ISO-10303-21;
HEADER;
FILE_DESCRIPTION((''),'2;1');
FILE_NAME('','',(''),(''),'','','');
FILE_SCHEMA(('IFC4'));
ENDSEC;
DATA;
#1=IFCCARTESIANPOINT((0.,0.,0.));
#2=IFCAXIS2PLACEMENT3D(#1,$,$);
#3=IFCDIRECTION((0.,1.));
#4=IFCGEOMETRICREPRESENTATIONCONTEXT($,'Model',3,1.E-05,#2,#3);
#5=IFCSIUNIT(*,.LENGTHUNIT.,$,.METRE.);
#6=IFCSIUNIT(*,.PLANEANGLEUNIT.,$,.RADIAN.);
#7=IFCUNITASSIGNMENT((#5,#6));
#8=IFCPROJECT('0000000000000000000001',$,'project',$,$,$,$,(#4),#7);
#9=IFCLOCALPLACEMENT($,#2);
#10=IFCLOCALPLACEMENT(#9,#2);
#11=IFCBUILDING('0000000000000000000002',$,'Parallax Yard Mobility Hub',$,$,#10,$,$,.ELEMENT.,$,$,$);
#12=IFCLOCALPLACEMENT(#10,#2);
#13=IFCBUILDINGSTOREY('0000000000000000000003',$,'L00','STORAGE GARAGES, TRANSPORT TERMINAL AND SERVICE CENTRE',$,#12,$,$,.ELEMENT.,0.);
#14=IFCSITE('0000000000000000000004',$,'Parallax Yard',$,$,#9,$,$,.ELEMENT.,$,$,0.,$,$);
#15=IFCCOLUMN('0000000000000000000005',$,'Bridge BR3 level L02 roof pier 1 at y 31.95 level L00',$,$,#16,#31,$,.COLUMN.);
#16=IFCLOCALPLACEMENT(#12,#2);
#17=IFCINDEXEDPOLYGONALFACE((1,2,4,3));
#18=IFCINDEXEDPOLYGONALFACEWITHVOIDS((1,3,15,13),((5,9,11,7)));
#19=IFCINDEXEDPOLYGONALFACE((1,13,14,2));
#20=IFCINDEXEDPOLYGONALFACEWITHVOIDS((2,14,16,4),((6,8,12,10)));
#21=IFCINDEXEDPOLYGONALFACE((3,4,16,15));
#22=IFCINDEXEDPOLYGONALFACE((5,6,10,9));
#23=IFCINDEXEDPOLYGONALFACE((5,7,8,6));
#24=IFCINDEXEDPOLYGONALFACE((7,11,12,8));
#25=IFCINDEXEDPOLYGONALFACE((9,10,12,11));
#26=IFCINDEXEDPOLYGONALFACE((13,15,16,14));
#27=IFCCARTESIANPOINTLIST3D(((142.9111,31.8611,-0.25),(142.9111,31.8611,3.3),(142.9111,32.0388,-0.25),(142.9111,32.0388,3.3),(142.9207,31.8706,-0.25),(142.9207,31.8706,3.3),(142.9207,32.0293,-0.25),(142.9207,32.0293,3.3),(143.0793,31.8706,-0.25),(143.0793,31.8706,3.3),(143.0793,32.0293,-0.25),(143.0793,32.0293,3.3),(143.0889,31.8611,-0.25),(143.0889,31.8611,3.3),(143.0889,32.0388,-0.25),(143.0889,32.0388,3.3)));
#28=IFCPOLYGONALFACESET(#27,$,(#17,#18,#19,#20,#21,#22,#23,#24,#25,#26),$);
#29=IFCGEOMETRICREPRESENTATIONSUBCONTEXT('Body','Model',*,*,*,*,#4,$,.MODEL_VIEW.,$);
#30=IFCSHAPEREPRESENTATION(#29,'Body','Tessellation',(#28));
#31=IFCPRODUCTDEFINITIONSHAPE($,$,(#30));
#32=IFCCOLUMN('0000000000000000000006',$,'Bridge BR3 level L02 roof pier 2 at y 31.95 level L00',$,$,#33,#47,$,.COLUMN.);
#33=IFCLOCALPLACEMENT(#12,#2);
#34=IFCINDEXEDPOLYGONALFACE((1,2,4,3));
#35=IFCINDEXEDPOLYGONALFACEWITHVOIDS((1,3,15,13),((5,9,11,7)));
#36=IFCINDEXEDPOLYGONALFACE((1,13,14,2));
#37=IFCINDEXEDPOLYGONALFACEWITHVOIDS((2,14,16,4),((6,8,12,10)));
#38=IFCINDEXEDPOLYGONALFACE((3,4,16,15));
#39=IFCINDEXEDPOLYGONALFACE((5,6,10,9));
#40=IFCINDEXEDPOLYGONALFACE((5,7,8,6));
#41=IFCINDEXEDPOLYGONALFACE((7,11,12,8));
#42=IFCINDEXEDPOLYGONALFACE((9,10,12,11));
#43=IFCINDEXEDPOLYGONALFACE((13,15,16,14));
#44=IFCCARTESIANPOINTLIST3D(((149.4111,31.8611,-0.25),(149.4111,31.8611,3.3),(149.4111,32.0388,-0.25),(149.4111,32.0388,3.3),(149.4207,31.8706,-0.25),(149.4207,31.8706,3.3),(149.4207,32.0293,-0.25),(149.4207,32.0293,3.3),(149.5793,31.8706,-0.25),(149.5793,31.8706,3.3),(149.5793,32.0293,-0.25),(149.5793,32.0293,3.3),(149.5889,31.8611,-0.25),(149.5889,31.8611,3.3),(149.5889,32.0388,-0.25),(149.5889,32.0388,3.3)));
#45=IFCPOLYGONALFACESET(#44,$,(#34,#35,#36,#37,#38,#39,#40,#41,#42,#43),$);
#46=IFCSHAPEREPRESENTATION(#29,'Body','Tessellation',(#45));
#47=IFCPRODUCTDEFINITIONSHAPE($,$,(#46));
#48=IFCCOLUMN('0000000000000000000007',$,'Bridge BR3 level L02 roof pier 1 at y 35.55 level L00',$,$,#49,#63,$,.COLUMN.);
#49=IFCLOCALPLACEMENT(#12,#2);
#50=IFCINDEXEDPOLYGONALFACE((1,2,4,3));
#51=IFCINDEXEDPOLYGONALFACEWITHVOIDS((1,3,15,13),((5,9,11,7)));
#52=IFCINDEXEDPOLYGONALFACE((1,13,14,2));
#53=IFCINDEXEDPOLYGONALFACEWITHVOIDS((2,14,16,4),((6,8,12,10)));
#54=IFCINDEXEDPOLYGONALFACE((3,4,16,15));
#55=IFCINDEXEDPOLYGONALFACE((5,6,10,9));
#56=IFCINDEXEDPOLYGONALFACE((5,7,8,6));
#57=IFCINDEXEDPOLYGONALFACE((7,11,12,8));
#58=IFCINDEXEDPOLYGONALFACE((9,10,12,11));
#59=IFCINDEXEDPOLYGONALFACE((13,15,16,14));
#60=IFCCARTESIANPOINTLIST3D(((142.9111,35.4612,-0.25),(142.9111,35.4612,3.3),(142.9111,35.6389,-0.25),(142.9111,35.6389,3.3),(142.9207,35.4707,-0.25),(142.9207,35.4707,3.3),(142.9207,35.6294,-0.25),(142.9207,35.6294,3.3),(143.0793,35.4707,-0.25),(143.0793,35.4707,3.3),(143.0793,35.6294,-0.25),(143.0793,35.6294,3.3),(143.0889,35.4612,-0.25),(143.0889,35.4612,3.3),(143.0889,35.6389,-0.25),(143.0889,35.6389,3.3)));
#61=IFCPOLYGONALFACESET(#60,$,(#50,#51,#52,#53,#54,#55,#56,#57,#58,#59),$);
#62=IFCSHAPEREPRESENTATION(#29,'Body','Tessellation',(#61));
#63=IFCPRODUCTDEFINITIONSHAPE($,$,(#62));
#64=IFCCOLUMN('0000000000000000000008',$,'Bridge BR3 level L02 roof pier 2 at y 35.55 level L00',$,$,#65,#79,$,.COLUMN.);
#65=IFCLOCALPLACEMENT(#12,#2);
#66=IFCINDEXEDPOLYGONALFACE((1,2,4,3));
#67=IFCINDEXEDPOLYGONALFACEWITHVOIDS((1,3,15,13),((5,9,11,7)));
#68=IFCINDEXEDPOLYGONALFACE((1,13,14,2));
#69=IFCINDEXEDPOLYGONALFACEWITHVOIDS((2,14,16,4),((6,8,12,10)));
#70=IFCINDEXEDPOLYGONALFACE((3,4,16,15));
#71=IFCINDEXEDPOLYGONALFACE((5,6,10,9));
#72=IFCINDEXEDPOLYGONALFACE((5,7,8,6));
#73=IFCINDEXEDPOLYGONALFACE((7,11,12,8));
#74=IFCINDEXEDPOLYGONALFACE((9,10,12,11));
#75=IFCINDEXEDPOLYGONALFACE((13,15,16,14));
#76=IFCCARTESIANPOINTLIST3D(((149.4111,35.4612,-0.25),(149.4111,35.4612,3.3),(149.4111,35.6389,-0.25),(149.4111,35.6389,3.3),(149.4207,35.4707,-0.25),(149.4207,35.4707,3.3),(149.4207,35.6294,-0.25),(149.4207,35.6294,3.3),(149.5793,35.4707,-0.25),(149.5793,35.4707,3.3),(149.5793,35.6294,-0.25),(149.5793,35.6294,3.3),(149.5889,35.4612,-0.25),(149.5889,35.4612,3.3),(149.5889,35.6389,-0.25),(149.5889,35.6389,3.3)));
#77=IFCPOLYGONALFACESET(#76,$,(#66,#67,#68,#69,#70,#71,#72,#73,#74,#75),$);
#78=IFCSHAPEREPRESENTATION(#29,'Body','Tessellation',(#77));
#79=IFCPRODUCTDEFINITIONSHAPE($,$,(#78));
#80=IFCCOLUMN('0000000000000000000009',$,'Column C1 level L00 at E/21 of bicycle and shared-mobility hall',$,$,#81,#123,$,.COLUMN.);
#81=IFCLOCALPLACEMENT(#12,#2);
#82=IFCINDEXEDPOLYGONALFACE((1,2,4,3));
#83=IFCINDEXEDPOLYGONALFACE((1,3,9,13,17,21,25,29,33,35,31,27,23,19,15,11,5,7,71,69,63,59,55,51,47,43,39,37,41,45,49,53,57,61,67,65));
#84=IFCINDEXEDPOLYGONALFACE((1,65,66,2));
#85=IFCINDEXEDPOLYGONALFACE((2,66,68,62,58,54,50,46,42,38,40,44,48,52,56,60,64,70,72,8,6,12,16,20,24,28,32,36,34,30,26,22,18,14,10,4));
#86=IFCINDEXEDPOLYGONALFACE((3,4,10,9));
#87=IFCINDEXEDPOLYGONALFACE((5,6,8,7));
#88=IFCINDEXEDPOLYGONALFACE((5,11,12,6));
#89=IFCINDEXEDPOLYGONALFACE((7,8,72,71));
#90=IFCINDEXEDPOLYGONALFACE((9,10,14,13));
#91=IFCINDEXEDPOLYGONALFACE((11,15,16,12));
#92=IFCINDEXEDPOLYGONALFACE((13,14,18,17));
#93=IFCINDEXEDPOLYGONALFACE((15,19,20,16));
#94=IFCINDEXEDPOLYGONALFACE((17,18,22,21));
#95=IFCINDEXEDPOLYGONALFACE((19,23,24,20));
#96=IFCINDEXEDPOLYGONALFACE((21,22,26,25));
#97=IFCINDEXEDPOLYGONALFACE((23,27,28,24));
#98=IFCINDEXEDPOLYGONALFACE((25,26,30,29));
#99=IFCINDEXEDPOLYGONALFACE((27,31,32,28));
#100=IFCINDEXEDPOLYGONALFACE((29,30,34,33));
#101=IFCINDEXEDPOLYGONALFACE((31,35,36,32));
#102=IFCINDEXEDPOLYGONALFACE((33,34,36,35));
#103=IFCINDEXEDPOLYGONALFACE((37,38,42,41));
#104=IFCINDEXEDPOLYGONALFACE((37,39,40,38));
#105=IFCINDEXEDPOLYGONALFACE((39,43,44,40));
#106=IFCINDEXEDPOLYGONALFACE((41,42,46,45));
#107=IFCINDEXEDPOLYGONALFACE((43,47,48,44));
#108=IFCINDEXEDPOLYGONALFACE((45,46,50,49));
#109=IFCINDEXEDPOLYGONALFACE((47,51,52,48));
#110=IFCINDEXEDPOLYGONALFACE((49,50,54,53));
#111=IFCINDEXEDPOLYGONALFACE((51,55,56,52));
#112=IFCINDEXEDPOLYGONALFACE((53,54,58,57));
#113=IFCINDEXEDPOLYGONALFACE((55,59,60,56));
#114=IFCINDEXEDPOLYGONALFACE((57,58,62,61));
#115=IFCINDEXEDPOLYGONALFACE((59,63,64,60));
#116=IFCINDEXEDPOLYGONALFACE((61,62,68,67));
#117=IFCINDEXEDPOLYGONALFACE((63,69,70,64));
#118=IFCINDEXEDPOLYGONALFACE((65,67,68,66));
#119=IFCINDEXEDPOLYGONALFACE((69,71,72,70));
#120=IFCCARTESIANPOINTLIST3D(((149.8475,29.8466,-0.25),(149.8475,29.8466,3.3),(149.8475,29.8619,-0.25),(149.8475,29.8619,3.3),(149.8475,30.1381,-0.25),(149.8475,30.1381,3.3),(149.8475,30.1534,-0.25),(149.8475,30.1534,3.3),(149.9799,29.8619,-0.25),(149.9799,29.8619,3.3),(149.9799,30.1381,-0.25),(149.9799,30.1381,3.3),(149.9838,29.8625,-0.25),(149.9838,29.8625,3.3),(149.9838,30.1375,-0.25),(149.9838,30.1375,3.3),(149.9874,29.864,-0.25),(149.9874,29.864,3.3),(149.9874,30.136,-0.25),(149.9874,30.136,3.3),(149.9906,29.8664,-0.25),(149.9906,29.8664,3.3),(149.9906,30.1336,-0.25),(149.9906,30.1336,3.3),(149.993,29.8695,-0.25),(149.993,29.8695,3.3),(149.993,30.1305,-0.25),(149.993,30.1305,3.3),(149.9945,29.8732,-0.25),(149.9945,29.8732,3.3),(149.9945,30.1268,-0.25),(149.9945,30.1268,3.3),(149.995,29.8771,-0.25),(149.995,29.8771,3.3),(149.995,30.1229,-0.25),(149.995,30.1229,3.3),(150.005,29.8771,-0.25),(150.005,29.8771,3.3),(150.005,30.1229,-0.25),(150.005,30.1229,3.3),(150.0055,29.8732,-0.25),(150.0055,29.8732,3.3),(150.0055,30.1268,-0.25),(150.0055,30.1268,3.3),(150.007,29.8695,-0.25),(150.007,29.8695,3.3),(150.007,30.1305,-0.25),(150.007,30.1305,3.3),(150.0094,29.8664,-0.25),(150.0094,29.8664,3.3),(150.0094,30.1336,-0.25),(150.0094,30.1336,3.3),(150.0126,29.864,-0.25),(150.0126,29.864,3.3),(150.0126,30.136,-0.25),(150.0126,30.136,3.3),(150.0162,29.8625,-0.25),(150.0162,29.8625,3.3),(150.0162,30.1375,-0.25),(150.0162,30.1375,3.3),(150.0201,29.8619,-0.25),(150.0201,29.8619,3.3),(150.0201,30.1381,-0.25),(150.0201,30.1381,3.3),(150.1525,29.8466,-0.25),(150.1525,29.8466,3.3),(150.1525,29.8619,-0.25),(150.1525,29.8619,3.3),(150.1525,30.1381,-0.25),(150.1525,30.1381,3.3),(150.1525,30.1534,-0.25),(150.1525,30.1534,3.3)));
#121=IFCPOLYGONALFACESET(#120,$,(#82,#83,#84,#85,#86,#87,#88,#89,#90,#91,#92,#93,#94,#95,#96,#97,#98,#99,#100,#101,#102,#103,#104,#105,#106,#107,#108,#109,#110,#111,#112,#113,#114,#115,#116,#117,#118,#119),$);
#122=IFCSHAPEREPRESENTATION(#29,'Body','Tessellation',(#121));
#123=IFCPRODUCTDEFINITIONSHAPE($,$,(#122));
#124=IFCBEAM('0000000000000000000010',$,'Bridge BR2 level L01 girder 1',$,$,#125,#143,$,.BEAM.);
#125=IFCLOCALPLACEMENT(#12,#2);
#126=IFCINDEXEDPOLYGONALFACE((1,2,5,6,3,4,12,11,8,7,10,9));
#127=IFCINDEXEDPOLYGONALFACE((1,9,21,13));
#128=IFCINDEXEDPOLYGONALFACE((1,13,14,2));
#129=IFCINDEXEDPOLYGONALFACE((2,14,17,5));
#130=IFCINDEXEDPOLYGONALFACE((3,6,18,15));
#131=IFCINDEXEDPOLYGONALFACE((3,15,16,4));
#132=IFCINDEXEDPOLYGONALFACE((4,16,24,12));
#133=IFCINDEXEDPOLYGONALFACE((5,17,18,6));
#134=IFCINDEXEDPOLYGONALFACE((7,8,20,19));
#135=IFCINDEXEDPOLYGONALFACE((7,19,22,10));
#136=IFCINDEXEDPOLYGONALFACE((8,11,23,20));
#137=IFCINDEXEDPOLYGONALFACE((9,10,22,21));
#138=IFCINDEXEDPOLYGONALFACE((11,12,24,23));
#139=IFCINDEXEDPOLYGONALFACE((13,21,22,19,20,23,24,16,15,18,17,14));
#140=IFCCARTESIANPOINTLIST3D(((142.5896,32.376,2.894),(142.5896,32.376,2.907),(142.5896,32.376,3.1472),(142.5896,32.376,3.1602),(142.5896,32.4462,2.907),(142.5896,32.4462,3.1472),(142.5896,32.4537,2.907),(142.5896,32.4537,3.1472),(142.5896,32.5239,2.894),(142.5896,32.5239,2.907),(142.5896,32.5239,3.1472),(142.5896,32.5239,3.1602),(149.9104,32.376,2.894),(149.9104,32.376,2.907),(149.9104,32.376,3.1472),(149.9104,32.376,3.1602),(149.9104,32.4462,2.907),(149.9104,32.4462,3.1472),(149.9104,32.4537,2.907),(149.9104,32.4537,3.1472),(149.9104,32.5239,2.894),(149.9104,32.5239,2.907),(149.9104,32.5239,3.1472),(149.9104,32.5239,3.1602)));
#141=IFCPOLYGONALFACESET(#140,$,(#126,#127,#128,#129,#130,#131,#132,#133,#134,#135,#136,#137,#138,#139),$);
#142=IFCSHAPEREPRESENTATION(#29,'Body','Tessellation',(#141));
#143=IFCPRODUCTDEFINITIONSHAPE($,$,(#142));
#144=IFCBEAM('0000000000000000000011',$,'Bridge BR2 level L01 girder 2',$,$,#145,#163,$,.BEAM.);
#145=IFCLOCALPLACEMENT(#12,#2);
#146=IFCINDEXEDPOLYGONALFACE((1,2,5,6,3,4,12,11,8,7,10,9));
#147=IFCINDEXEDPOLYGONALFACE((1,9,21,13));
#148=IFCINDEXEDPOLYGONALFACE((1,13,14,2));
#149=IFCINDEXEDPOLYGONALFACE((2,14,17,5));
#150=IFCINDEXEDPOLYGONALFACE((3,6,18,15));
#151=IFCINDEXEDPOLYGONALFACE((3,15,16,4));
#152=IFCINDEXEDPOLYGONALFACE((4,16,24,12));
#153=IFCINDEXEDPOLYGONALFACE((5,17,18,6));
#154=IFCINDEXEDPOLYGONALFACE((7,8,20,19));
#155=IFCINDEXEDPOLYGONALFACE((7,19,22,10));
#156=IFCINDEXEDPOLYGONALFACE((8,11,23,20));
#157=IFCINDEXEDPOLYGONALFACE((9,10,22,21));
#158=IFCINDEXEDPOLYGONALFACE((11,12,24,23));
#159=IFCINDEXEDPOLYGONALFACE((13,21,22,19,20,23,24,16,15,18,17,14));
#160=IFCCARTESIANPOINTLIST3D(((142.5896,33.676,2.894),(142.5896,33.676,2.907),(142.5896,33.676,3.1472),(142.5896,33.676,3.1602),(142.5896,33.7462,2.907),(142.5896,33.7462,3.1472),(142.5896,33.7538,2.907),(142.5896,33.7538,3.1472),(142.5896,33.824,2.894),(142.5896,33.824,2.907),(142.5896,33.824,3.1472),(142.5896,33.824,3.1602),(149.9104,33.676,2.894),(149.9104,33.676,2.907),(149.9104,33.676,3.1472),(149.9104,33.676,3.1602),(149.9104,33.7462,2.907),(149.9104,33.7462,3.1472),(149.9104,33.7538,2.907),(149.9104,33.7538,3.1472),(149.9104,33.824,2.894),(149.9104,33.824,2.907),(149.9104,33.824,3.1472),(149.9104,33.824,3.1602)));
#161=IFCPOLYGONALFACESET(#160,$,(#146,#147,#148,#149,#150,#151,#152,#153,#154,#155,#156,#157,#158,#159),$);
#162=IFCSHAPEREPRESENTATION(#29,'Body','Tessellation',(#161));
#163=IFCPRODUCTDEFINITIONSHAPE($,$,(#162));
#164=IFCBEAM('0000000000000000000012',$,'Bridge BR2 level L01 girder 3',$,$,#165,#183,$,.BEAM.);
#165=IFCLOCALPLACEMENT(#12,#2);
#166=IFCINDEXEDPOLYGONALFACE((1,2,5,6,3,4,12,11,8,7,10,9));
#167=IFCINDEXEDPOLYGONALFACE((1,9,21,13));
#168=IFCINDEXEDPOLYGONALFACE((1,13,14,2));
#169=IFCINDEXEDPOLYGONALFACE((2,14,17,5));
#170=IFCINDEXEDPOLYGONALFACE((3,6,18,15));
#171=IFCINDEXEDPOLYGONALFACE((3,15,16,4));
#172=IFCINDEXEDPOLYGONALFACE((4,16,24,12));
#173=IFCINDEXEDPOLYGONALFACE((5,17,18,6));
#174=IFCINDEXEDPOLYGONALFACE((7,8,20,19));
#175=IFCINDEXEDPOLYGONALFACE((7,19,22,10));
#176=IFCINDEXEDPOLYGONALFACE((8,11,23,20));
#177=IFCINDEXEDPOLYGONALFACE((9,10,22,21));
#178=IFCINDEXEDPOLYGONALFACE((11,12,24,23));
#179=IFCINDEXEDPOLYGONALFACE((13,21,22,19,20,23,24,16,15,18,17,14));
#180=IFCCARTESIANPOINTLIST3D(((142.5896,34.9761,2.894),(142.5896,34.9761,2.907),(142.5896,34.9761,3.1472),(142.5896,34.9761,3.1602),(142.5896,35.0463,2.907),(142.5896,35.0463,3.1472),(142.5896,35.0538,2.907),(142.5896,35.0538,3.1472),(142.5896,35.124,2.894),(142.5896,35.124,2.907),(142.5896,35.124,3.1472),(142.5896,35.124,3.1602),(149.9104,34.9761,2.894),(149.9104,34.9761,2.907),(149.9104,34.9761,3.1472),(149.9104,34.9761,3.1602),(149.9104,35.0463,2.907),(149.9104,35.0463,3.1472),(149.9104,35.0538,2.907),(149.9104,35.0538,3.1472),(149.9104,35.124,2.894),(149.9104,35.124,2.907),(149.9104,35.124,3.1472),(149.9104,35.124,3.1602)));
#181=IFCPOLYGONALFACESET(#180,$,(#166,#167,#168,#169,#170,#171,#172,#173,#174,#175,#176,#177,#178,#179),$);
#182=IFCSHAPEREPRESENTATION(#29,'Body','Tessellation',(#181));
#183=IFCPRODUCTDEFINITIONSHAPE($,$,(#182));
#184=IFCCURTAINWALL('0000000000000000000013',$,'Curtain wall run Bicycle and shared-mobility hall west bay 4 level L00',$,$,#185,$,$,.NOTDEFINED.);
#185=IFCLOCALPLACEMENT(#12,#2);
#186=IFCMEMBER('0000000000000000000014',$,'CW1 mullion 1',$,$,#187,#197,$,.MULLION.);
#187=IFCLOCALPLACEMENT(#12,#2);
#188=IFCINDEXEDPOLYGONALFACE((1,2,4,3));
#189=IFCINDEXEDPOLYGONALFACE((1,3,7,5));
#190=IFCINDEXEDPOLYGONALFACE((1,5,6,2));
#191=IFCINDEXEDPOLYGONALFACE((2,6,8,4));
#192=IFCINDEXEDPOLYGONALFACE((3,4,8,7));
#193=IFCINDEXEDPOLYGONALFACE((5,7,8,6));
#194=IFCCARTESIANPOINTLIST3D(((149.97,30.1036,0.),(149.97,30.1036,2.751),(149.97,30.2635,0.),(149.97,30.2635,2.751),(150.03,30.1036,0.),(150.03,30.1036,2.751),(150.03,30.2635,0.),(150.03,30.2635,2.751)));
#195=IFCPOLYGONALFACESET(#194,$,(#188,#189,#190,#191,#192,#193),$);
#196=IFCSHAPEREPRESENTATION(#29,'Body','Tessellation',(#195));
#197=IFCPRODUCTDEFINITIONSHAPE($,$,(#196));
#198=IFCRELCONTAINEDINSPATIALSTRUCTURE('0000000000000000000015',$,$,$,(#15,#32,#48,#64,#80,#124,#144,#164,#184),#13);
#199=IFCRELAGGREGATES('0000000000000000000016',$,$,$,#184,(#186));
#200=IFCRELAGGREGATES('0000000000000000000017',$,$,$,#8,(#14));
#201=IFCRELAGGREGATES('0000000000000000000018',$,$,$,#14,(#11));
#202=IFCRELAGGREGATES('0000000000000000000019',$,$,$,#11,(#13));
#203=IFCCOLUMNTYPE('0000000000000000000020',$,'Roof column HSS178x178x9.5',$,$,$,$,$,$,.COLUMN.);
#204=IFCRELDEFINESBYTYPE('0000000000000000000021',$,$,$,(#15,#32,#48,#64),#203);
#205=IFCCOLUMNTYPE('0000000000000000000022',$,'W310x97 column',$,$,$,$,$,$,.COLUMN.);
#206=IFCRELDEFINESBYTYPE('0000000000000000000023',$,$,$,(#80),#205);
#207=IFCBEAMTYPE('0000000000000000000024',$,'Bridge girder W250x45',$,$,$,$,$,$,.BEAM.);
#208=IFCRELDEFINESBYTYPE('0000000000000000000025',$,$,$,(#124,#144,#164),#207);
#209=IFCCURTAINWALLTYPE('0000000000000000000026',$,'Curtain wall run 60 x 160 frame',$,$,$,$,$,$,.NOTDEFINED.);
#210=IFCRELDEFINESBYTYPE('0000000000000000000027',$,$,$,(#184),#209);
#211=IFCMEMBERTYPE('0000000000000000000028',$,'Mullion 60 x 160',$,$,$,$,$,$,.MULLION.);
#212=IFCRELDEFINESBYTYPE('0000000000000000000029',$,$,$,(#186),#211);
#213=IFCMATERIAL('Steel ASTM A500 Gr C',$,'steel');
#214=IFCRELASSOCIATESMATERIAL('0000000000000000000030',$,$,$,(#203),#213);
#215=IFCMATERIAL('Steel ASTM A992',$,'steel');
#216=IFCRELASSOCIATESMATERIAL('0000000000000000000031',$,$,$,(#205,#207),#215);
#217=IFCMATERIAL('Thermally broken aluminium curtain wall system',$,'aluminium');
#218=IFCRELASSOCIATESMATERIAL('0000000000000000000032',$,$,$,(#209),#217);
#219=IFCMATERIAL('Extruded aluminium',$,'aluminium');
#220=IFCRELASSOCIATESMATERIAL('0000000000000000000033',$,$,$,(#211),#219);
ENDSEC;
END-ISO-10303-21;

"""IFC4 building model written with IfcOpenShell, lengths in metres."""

from ifc_helpers import new_model, si_unit, direction, frame, origin, origin_2d, place, context, subcontext, project, spatial, rectangle, hollow_rectangle, i_section, extrude, material, material_profile, profile_set, type_object, element, aggregate, save


model = new_model("IFC4")

# Units and contexts
model_context = context("Model", 3, precision=1e-05, world=origin(), true_north=direction((0.0, 1.0)))
body_context = subcontext(model_context, "Body", "Model", "MODEL_VIEW")
ifc_project = project(units=[si_unit("LENGTHUNIT", "METRE"), si_unit("PLANEANGLEUNIT", "RADIAN")], contexts=[model_context])

# Site, building, storey
site_placement = place(None, origin())
site = spatial("IfcSite", under=ifc_project, at=site_placement, Name="Parallax Yard", CompositionType="ELEMENT", RefElevation=0.0)
building_placement = place(site_placement, origin())
building = spatial("IfcBuilding", under=site, at=building_placement, Name="Parallax Yard Mobility Hub", CompositionType="ELEMENT")
storey_placement = place(building_placement, origin())
storey = spatial("IfcBuildingStorey", under=building, at=storey_placement, Name="L00", Description="STORAGE GARAGES, TRANSPORT TERMINAL AND SERVICE CENTRE", CompositionType="ELEMENT", Elevation=0.0)

# Columns
ifc_material_1 = material(Name="Steel ASTM A500 Gr C", Category="steel")
ifc_material_profile_1 = material_profile(ifc_material_1, hollow_rectangle(XDim=0.1777, YDim=0.1777, WallThickness=0.0095, at=origin_2d()), Name="HSS178x178x9.5")
ifc_profile_set_1 = profile_set([ifc_material_profile_1], Name="Steel ASTM A500 Gr C")
column_type_1 = type_object("IfcColumnType", Name="Roof column HSS178x178x9.5", PredefinedType="COLUMN", material=ifc_profile_set_1)
for number, where, z_axis, x_axis, name in (
    (1, (143.0, 31.95, -0.25), (0.0, 0.0, 1.0), (1.0, 0.0, 0.0), "Bridge BR3 level L02 roof pier 1 at y 31.95 level L00"),
    (2, (149.5, 31.95, -0.25), (0.0, 0.0, 1.0), (1.0, 0.0, 0.0), "Bridge BR3 level L02 roof pier 2 at y 31.95 level L00"),
    (3, (143.0, 35.55, -0.25), (0.0, 0.0, 1.0), (1.0, 0.0, 0.0), "Bridge BR3 level L02 roof pier 1 at y 35.55 level L00"),
    (4, (149.5, 35.55, -0.25), (0.0, 0.0, 1.0), (1.0, 0.0, 0.0), "Bridge BR3 level L02 roof pier 2 at y 35.55 level L00"),
):
    element("IfcColumn", number, at=place(storey_placement, frame(where, z_axis=z_axis, x_axis=x_axis)), inside=storey, type_object=column_type_1, Name=name, PredefinedType="COLUMN", context=body_context, shape_type="SweptSolid", body=[
        extrude(hollow_rectangle(XDim=0.1777, YDim=0.1777, WallThickness=0.0095, at=origin_2d()), origin(), (0.0, 0.0, 1.0), 3.55),
    ])
ifc_material_2 = material(Name="Steel ASTM A992", Category="steel")
ifc_material_profile_2 = material_profile(ifc_material_2, i_section(OverallWidth=0.3049, OverallDepth=0.3069, WebThickness=0.01, FlangeThickness=0.0154, FilletRadius=0.0151, at=origin_2d()), Name="W310x97")
ifc_profile_set_2 = profile_set([ifc_material_profile_2], Name="Steel ASTM A992")
column_type_2 = type_object("IfcColumnType", Name="W310x97 column", PredefinedType="COLUMN", material=ifc_profile_set_2)
column_placement = place(storey_placement, frame((150.0, 30.0, -0.25), z_axis=(0.0, 0.0, 1.0), x_axis=(1.0, 0.0, 0.0)))
element("IfcColumn", 5, at=column_placement, inside=storey, type_object=column_type_2, Name="Column C1 level L00 at E/21 of bicycle and shared-mobility hall", PredefinedType="COLUMN", context=body_context, shape_type="SweptSolid", body=[
    extrude(i_section(OverallWidth=0.3049, OverallDepth=0.3069, WebThickness=0.01, FlangeThickness=0.0154, FilletRadius=0.0151, at=origin_2d()), origin(), (0.0, 0.0, 1.0), 3.55),
])

# Beams
ifc_material_profile_3 = material_profile(ifc_material_2, i_section(OverallWidth=0.1479, OverallDepth=0.2661, WebThickness=0.0076, FlangeThickness=0.0129, at=origin_2d()), Name="W250x45")
ifc_profile_set_3 = profile_set([ifc_material_profile_3], Name="Steel ASTM A992")
beam_type = type_object("IfcBeamType", Name="Bridge girder W250x45", PredefinedType="BEAM", material=ifc_profile_set_3)
for number, where, z_axis, x_axis, name in (
    (6, (142.5896, 32.45, 3.0271), (1.0, 0.0, 0.0), (0.0, 1.0, 0.0), "Bridge BR2 level L01 girder 1"),
    (7, (142.5896, 33.75, 3.0271), (1.0, 0.0, 0.0), (0.0, 1.0, 0.0), "Bridge BR2 level L01 girder 2"),
    (8, (142.5896, 35.05, 3.0271), (1.0, 0.0, 0.0), (0.0, 1.0, 0.0), "Bridge BR2 level L01 girder 3"),
):
    element("IfcBeam", number, at=place(storey_placement, frame(where, z_axis=z_axis, x_axis=x_axis)), inside=storey, type_object=beam_type, Name=name, PredefinedType="BEAM", context=body_context, shape_type="SweptSolid", body=[
        extrude(i_section(OverallWidth=0.1479, OverallDepth=0.2661, WebThickness=0.0076, FlangeThickness=0.0129, at=origin_2d()), origin(), (0.0, 0.0, 1.0), 7.3208),
    ])

# Curtain wall, member
ifc_material_3 = material(Name="Thermally broken aluminium curtain wall system", Category="aluminium")
curtain_wall_type = type_object("IfcCurtainWallType", Name="Curtain wall run 60 x 160 frame", PredefinedType="NOTDEFINED", material=ifc_material_3)
curtain_wall_placement = place(storey_placement, origin())
curtain_wall = element("IfcCurtainWall", 9, at=curtain_wall_placement, inside=storey, type_object=curtain_wall_type, Name="Curtain wall run Bicycle and shared-mobility hall west bay 4 level L00", PredefinedType="NOTDEFINED")
ifc_material_4 = material(Name="Extruded aluminium", Category="aluminium")
ifc_material_profile_4 = material_profile(ifc_material_4, rectangle(XDim=0.0601, YDim=0.1599, at=origin_2d()), Name="Mullion 60 x 160")
ifc_profile_set_4 = profile_set([ifc_material_profile_4], Name="Extruded aluminium")
member_type_1 = type_object("IfcMemberType", Name="Mullion 60 x 160", PredefinedType="MULLION", material=ifc_profile_set_4)
member_1_placement = place(storey_placement, frame((150.0, 30.1836, 0.0), z_axis=(0.0, 0.0, 1.0), x_axis=(-1.0, 0.0, 0.0)))
member_1 = element("IfcMember", 10, at=member_1_placement, type_object=member_type_1, Name="CW1 mullion 1", PredefinedType="MULLION", context=body_context, shape_type="SweptSolid", body=[
    extrude(rectangle(XDim=0.0601, YDim=0.1599, at=origin_2d()), origin(), (0.0, 0.0, 1.0), 2.751),
])
aggregate(curtain_wall, [member_1])

save(model, "model.ifc")
